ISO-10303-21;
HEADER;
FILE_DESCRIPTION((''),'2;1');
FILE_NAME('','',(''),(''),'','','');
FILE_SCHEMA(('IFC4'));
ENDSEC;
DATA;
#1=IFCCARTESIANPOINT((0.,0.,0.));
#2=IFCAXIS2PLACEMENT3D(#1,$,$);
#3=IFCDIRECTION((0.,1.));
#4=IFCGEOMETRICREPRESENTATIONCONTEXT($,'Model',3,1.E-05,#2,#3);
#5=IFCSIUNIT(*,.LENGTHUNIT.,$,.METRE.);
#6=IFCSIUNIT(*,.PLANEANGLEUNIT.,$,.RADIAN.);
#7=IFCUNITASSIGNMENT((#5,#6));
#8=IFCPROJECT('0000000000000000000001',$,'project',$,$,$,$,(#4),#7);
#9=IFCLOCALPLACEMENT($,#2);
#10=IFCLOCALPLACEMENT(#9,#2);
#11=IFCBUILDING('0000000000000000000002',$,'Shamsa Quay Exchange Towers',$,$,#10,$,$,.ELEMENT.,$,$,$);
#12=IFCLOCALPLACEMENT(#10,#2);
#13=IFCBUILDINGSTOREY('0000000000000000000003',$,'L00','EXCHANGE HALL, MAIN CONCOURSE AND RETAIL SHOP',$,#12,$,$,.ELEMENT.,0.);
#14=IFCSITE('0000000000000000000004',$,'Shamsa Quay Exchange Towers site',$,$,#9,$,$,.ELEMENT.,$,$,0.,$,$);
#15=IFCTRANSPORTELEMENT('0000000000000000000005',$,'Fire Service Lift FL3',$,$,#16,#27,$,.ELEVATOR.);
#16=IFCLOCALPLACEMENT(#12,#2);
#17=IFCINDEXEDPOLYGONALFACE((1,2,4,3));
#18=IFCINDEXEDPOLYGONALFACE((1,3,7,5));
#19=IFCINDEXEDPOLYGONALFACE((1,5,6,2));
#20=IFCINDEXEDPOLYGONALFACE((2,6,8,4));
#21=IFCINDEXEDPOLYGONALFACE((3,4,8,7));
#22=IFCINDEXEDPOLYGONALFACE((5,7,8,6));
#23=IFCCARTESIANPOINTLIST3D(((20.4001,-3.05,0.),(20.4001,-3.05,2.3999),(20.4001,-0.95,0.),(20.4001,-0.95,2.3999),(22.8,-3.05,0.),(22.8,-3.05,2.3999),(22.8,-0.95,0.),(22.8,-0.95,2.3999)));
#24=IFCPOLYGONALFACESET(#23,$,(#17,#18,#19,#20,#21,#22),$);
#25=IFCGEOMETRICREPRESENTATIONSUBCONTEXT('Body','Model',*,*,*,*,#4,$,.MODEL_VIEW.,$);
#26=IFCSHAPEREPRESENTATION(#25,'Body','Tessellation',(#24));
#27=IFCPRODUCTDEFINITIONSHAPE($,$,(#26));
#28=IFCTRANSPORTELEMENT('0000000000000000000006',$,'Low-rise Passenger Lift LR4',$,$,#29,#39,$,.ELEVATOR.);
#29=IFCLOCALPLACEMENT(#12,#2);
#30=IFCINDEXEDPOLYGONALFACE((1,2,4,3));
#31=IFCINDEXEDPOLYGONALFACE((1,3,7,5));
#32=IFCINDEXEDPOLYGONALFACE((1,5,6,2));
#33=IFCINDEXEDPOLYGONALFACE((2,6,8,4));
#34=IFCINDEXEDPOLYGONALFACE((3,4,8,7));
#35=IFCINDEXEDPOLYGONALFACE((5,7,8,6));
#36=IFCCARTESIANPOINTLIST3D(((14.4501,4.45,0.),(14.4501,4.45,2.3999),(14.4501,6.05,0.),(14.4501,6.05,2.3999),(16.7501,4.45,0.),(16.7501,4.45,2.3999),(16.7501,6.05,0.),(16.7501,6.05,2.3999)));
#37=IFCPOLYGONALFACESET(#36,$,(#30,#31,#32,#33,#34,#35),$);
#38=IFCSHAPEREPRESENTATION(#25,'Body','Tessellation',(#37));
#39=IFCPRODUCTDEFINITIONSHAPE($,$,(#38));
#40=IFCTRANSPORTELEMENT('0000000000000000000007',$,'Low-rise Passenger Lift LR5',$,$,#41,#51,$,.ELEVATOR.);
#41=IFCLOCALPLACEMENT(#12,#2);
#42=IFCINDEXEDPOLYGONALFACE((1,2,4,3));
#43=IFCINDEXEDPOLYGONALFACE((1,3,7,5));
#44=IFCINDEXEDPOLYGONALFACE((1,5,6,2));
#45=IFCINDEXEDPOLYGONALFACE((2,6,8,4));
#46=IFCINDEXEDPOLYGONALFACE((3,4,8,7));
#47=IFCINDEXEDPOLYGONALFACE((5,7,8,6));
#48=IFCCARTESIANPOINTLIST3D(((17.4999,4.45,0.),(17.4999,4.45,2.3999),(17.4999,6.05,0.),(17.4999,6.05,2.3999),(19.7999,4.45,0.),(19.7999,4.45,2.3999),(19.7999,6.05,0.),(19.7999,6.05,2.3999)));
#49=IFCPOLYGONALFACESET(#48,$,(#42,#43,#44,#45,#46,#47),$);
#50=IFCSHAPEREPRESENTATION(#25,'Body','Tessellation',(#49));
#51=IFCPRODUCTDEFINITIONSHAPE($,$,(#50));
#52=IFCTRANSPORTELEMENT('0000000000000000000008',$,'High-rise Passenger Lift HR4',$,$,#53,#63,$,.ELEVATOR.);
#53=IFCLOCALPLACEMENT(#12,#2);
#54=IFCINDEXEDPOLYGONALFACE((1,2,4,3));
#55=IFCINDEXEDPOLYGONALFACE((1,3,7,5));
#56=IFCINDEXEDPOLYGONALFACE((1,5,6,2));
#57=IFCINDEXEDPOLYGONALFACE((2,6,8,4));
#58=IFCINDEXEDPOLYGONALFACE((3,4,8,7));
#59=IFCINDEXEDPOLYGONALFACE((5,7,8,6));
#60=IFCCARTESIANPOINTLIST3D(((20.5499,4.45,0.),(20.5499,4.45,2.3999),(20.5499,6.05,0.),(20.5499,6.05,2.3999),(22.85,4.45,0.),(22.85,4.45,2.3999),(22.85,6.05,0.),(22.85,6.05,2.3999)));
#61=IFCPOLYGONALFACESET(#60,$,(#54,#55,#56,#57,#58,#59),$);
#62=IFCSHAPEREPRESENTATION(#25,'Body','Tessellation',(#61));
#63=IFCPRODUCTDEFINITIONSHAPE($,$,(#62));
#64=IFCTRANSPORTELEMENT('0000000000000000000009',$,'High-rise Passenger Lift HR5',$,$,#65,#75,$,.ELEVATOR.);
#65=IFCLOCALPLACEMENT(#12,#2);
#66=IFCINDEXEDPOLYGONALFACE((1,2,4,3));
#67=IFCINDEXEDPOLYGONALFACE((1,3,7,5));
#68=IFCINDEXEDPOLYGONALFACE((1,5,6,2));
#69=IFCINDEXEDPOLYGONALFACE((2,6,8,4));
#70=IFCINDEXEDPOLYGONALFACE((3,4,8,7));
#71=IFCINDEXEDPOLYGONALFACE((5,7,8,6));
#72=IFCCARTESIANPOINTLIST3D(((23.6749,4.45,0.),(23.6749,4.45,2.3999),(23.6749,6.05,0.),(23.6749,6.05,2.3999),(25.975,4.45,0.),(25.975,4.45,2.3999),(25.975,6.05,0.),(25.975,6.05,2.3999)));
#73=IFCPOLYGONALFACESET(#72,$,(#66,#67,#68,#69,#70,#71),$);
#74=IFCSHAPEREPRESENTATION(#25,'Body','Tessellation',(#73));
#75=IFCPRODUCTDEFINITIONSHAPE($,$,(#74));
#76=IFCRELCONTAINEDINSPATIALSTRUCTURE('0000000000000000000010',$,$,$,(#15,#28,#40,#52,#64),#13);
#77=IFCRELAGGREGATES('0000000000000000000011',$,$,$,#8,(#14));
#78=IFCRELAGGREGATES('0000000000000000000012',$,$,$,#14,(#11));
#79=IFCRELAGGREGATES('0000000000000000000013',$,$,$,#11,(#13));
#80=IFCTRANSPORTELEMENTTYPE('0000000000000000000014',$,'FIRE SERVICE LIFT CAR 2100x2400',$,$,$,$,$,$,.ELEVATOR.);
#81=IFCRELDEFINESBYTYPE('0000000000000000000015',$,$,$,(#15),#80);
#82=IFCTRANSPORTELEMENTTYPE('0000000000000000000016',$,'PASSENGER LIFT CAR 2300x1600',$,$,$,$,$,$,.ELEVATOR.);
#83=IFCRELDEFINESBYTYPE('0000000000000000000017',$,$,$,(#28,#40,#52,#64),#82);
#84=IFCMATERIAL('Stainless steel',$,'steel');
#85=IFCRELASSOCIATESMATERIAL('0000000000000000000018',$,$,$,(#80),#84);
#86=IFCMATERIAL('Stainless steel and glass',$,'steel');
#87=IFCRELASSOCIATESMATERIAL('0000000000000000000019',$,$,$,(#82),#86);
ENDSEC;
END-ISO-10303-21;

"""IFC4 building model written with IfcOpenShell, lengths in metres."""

from ifc_helpers import new_model, si_unit, direction, frame, origin, origin_2d, place, context, subcontext, project, spatial, rectangle, extrude, material, type_object, element, save


model = new_model("IFC4")

# Units and contexts
model_context = context("Model", 3, precision=1e-05, world=origin(), true_north=direction((0.0, 1.0)))
body_context = subcontext(model_context, "Body", "Model", "MODEL_VIEW")
ifc_project = project(units=[si_unit("LENGTHUNIT", "METRE"), si_unit("PLANEANGLEUNIT", "RADIAN")], contexts=[model_context])

# Site, building, storey
site_placement = place(None, origin())
site = spatial("IfcSite", under=ifc_project, at=site_placement, Name="Shamsa Quay Exchange Towers site", CompositionType="ELEMENT", RefElevation=0.0)
building_placement = place(site_placement, origin())
building = spatial("IfcBuilding", under=site, at=building_placement, Name="Shamsa Quay Exchange Towers", CompositionType="ELEMENT")
storey_placement = place(building_placement, origin())
storey = spatial("IfcBuildingStorey", under=building, at=storey_placement, Name="L00", Description="EXCHANGE HALL, MAIN CONCOURSE AND RETAIL SHOP", CompositionType="ELEMENT", Elevation=0.0)

# Transport elements
ifc_material_1 = material(Name="Stainless steel", Category="steel")
transport_element_type_1 = type_object("IfcTransportElementType", Name="FIRE SERVICE LIFT CAR 2100x2400", PredefinedType="ELEVATOR", material=ifc_material_1)
transport_element_placement = place(storey_placement, frame((21.6001, -2.0, 0.0)))
element("IfcTransportElement", 1, at=transport_element_placement, inside=storey, type_object=transport_element_type_1, Name="Fire Service Lift FL3", PredefinedType="ELEVATOR", context=body_context, shape_type="SweptSolid", body=[
    extrude(rectangle(XDim=2.3999, YDim=2.1001, at=origin_2d()), origin(), (0.0, 0.0, 1.0), 2.3999),
])
ifc_material_2 = material(Name="Stainless steel and glass", Category="steel")
transport_element_type_2 = type_object("IfcTransportElementType", Name="PASSENGER LIFT CAR 2300x1600", PredefinedType="ELEVATOR", material=ifc_material_2)
for number, where, name in (
    (2, (15.6001, 5.25, 0.0), "Low-rise Passenger Lift LR4"),
    (3, (18.6499, 5.25, 0.0), "Low-rise Passenger Lift LR5"),
    (4, (21.7, 5.25, 0.0), "High-rise Passenger Lift HR4"),
    (5, (24.825, 5.25, 0.0), "High-rise Passenger Lift HR5"),
):
    element("IfcTransportElement", number, at=place(storey_placement, frame(where)), inside=storey, type_object=transport_element_type_2, Name=name, PredefinedType="ELEVATOR", context=body_context, shape_type="SweptSolid", body=[
        extrude(rectangle(XDim=2.3, YDim=1.6001, at=origin_2d()), origin(), (0.0, 0.0, 1.0), 2.3999),
    ])

save(model, "model.ifc")
